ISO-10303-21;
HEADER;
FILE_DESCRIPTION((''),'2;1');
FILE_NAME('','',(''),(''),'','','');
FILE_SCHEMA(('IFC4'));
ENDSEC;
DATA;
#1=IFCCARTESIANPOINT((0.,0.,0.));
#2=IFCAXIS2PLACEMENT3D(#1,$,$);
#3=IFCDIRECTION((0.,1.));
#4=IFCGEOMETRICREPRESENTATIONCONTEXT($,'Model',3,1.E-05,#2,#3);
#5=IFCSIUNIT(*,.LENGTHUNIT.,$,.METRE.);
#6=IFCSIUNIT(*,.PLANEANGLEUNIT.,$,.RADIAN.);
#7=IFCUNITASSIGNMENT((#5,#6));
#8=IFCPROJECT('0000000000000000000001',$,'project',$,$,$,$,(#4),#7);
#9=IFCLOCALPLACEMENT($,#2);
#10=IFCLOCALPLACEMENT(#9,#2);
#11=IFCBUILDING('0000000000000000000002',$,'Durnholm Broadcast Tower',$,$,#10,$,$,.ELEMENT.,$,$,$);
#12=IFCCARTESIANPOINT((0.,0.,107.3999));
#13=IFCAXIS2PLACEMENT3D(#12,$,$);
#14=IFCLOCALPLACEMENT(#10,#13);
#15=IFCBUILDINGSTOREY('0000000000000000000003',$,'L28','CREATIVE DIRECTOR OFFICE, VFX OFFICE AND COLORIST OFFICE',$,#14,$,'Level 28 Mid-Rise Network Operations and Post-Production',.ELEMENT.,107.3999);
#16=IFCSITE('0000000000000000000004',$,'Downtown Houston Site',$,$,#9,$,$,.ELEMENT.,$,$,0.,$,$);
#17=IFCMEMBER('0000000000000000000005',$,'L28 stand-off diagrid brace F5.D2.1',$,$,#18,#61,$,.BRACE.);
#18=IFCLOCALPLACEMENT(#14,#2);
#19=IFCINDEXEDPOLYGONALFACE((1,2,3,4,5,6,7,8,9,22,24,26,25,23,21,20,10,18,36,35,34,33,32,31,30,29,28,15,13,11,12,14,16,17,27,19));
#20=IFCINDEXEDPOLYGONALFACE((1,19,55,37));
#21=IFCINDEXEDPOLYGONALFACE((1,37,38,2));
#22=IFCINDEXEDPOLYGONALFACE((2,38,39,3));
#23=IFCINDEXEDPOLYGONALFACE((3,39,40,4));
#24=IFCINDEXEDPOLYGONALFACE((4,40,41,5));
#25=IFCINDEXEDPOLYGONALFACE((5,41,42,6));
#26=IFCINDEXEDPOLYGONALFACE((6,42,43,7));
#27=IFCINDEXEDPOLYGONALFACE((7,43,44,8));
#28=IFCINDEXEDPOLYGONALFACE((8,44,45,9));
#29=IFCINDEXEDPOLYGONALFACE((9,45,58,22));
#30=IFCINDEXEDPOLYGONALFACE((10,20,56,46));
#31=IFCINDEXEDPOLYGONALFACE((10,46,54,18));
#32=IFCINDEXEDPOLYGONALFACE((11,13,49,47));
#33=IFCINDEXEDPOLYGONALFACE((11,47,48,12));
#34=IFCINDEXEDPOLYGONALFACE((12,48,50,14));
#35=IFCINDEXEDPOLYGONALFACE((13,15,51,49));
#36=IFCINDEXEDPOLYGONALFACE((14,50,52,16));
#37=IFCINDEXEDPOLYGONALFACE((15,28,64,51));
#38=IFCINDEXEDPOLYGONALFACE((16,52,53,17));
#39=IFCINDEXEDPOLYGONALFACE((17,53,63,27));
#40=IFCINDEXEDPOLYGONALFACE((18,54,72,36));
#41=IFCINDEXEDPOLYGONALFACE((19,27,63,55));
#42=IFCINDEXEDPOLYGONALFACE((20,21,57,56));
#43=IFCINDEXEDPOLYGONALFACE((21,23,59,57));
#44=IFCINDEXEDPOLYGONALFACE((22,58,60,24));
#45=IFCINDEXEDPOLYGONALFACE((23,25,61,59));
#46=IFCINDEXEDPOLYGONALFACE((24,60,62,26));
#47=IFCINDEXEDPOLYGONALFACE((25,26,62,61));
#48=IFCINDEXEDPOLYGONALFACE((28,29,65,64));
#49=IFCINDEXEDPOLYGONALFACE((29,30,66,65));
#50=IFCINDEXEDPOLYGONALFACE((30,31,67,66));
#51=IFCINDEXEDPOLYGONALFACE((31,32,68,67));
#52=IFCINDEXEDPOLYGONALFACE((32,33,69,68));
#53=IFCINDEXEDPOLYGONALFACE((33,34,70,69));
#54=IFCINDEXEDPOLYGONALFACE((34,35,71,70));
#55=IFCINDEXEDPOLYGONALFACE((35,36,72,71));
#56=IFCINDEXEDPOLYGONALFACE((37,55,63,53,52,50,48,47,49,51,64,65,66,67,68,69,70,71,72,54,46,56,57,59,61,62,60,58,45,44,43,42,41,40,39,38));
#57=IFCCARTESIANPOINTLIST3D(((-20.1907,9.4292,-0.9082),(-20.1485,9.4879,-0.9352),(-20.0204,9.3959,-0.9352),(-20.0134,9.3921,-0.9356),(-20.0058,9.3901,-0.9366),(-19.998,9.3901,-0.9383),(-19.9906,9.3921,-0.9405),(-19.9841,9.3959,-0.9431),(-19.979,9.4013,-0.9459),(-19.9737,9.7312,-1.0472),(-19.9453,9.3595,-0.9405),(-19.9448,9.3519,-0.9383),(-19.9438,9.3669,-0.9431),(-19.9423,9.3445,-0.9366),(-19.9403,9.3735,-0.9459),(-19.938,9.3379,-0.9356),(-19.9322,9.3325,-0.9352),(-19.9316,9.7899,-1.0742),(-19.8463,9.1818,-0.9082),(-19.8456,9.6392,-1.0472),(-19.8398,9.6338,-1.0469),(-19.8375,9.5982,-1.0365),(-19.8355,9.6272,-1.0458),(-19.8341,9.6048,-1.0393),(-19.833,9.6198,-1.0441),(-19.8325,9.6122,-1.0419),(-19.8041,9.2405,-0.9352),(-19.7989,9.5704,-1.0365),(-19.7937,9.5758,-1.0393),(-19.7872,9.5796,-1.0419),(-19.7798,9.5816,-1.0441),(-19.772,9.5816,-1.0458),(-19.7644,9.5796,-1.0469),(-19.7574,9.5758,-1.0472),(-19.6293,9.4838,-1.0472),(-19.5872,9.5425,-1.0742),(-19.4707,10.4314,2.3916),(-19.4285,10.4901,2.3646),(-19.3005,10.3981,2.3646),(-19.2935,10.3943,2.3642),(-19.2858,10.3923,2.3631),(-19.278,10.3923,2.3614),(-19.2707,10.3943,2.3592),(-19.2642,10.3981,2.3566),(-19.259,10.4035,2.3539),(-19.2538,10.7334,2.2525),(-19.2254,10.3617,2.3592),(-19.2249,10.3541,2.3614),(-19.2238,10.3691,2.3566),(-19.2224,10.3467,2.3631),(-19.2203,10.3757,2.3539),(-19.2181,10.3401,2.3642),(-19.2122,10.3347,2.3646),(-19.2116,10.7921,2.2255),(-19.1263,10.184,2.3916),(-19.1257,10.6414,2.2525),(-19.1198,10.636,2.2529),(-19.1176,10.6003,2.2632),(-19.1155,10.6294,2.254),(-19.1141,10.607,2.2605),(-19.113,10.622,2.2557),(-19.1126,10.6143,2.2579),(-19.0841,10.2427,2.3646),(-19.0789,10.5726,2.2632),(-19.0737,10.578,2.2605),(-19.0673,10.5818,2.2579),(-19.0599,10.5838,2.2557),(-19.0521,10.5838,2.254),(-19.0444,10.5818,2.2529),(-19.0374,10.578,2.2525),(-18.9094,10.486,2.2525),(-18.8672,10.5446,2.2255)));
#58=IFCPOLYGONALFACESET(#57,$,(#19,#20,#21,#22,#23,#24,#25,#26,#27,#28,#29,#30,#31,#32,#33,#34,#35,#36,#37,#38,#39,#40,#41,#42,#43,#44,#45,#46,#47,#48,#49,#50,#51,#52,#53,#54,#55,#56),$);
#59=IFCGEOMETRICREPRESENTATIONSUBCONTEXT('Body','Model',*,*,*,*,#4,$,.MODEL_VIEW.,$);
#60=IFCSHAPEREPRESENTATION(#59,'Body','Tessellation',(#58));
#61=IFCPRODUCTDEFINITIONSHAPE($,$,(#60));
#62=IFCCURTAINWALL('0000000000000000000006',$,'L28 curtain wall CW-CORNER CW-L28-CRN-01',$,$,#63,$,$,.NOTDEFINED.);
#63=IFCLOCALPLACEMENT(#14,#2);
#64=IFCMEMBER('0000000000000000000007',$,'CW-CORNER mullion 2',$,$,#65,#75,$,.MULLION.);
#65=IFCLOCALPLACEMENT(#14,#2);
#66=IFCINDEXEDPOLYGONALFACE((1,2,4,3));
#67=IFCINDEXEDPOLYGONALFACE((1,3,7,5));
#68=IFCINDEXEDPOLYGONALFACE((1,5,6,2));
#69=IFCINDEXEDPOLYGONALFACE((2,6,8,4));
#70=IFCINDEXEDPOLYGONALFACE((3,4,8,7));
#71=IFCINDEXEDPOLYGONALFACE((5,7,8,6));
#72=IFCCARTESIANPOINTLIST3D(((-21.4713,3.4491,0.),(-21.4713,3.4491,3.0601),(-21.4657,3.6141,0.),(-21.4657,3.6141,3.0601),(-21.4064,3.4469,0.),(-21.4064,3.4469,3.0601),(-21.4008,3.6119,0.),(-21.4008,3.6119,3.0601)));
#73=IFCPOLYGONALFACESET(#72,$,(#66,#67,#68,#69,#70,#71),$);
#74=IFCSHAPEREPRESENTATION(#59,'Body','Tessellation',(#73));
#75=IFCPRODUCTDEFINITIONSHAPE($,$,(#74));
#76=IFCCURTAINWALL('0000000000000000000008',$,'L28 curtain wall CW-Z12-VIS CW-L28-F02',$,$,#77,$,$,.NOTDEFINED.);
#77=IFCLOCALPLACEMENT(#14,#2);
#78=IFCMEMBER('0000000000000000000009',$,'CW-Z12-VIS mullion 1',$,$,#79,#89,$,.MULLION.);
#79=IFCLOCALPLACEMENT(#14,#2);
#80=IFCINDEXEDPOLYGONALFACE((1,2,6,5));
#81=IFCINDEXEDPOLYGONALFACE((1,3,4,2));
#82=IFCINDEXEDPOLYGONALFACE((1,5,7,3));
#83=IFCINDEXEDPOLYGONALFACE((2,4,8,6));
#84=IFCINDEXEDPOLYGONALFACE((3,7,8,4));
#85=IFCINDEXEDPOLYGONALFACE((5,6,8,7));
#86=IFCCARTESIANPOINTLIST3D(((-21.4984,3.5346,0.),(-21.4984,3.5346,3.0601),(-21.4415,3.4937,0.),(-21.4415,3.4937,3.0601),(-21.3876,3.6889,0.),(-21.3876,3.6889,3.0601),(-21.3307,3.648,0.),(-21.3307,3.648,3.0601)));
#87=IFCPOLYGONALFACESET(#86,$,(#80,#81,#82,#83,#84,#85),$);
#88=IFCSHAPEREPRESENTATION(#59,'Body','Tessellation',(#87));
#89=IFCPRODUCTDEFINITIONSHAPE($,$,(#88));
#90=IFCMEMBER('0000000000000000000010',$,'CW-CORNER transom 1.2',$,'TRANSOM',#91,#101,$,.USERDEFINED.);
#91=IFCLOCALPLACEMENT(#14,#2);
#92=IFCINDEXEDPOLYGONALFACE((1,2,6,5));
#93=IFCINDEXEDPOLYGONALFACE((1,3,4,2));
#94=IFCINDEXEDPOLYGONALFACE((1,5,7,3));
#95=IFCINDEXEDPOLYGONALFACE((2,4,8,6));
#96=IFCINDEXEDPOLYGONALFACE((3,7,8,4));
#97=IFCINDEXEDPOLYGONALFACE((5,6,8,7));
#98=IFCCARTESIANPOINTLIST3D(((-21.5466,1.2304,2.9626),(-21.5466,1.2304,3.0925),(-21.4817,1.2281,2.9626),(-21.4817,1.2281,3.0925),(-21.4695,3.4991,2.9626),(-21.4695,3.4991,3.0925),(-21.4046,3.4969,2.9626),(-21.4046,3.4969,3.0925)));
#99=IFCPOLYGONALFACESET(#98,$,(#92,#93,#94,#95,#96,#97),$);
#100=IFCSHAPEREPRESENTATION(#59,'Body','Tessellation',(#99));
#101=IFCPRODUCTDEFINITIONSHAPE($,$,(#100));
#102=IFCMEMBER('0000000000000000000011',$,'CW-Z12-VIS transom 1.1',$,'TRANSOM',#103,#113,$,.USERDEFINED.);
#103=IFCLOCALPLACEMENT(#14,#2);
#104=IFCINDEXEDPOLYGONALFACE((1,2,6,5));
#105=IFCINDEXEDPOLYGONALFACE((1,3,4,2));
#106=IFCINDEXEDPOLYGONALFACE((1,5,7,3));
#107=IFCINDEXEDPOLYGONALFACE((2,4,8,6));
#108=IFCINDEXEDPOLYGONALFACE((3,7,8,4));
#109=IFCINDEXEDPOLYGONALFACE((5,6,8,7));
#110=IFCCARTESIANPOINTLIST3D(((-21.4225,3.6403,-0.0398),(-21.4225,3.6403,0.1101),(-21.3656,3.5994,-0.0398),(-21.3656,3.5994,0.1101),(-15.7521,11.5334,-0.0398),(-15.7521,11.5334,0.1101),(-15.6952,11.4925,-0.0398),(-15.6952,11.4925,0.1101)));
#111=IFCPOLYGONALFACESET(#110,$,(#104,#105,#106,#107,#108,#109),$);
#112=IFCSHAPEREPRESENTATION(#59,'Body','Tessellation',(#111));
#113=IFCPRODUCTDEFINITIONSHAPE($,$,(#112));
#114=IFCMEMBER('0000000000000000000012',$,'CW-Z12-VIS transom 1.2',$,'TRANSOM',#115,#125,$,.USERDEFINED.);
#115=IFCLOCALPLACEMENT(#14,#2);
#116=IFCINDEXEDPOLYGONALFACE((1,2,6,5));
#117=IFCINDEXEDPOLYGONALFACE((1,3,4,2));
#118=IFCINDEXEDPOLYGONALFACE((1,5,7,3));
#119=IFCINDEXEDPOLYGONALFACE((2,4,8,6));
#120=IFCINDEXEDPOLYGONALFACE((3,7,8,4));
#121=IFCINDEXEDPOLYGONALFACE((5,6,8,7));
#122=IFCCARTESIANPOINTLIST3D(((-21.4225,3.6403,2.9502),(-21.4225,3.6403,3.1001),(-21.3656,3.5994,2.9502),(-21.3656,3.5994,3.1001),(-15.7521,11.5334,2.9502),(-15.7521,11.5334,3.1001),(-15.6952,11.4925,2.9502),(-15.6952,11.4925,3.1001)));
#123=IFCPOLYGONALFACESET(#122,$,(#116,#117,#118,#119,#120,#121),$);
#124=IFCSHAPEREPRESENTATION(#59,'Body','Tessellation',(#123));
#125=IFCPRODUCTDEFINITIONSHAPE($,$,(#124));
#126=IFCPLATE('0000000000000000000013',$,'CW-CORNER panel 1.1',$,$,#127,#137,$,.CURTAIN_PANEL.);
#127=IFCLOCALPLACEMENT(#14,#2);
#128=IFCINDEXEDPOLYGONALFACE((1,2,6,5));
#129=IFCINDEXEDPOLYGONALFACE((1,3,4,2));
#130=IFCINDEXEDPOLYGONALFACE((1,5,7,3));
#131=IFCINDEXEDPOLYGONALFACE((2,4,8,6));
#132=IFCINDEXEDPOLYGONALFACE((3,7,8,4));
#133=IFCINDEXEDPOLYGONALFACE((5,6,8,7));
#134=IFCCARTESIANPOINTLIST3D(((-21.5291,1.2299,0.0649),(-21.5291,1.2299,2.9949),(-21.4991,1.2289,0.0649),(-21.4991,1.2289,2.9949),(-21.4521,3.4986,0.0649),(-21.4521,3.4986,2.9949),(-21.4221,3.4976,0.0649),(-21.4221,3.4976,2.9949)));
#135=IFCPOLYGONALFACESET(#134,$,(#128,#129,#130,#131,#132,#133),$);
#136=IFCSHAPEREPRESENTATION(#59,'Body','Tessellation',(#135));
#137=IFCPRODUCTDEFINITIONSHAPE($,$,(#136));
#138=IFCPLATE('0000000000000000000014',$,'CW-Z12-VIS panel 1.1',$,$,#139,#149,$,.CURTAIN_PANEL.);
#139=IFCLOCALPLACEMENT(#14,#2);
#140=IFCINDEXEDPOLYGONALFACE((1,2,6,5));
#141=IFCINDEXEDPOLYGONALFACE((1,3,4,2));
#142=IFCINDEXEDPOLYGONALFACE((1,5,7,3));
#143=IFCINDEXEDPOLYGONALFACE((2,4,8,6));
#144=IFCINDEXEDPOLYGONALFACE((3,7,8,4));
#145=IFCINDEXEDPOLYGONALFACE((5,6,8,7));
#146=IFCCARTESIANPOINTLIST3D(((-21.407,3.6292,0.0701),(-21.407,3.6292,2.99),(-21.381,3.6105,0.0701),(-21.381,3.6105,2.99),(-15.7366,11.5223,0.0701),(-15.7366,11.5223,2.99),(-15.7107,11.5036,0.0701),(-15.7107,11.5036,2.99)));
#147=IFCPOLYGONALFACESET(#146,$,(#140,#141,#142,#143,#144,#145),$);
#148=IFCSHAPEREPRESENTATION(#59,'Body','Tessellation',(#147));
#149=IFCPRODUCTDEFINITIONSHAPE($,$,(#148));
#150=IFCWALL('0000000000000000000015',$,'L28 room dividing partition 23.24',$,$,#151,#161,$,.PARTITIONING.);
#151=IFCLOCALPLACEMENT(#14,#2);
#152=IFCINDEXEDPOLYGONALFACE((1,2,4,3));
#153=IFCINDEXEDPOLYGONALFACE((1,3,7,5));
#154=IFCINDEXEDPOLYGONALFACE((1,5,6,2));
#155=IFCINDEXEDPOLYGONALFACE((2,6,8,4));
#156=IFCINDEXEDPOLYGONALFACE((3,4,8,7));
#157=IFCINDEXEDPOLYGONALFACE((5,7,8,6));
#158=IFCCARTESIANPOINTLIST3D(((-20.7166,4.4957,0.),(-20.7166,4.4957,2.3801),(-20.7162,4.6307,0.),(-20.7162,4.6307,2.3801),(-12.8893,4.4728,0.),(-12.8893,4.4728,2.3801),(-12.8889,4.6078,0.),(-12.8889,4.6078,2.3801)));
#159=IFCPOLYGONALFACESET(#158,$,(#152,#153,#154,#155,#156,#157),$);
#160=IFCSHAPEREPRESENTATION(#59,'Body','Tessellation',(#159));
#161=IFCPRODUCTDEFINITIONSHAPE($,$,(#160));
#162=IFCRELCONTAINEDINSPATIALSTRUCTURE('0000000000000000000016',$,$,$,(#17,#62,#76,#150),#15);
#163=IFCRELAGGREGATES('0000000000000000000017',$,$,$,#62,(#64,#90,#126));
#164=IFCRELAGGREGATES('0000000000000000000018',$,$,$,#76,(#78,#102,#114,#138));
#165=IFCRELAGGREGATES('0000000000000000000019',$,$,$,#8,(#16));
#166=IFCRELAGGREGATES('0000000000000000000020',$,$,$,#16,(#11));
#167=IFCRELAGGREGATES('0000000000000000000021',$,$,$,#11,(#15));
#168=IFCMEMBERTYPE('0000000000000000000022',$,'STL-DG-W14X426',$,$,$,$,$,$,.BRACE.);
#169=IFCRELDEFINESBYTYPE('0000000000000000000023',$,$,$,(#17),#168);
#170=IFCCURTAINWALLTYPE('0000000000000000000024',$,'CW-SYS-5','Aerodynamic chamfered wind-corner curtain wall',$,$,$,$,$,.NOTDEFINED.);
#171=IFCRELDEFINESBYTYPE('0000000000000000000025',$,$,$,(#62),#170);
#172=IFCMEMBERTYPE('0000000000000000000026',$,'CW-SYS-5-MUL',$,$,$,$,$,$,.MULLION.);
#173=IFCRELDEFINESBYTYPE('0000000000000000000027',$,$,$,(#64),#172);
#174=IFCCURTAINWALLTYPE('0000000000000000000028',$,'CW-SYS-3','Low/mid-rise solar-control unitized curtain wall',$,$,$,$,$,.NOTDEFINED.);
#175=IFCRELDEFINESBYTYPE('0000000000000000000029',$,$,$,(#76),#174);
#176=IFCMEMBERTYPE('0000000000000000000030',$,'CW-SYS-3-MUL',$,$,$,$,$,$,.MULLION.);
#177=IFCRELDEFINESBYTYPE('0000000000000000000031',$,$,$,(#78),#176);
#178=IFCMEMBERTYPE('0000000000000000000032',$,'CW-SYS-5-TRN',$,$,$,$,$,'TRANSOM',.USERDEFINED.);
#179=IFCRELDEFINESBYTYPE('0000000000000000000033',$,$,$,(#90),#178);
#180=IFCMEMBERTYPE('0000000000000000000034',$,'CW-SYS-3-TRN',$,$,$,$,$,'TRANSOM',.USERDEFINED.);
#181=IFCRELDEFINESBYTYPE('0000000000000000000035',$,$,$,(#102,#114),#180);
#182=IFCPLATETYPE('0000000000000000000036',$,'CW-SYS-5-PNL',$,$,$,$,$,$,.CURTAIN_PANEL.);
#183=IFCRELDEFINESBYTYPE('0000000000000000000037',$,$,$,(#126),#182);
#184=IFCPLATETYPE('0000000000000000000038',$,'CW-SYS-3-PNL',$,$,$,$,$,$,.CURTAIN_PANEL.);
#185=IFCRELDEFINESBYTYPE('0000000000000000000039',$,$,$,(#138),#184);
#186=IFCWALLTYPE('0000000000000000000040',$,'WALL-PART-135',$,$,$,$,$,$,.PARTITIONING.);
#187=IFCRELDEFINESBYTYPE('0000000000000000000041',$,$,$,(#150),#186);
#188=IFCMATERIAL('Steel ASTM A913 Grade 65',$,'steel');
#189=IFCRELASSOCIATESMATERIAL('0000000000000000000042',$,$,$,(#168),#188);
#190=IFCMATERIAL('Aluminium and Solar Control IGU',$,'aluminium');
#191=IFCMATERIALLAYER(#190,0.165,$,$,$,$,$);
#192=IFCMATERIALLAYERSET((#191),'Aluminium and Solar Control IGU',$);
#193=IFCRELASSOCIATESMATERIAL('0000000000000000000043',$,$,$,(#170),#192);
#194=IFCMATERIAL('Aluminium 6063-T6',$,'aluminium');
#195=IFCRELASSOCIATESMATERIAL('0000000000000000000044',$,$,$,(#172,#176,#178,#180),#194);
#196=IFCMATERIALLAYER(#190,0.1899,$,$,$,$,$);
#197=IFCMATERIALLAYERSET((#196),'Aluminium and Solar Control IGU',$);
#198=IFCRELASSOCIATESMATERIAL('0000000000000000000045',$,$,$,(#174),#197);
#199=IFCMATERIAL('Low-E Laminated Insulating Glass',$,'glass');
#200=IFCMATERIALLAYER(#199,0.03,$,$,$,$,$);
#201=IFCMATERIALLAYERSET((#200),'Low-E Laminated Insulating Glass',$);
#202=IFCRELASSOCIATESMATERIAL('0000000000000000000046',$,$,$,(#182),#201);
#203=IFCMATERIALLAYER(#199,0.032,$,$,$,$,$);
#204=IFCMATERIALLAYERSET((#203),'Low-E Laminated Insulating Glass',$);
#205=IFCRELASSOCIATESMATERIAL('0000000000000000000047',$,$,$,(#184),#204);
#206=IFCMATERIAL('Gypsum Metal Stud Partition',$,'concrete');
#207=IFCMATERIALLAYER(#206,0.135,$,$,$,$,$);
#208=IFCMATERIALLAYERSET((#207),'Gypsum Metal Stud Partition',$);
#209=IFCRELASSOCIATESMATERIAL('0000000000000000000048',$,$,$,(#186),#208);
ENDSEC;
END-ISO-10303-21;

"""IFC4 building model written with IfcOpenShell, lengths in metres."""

from ifc_helpers import new_model, si_unit, direction, frame, frame_2d, origin, origin_2d, place, context, subcontext, project, spatial, rectangle, i_section, extrude, source, transform, mapped, material, layer, layer_set, material_profile, profile_set, type_object, type_shapes, element, aggregate, save


model = new_model("IFC4")

# Units and contexts
model_context = context("Model", 3, precision=1e-05, world=origin(), true_north=direction((0.0, 1.0)))
body_context = subcontext(model_context, "Body", "Model", "MODEL_VIEW")
ifc_project = project(units=[si_unit("LENGTHUNIT", "METRE"), si_unit("PLANEANGLEUNIT", "RADIAN")], contexts=[model_context])

# Site, building, storey
site_placement = place(None, origin())
site = spatial("IfcSite", under=ifc_project, at=site_placement, Name="Downtown Houston Site", CompositionType="ELEMENT", RefElevation=0.0)
building_placement = place(site_placement, origin())
building = spatial("IfcBuilding", under=site, at=building_placement, Name="Durnholm Broadcast Tower", CompositionType="ELEMENT")
storey_placement = place(building_placement, frame((0.0, 0.0, 107.3999)))
storey = spatial("IfcBuildingStorey", under=building, at=storey_placement, Name="L28", Description="CREATIVE DIRECTOR OFFICE, VFX OFFICE AND COLORIST OFFICE", LongName="Level 28 Mid-Rise Network Operations and Post-Production", CompositionType="ELEMENT", Elevation=107.3999)

# Member
ifc_material_1 = material(Name="Steel ASTM A913 Grade 65", Category="steel")
ifc_material_profile_1 = material_profile(ifc_material_1, i_section(OverallWidth=0.4241, OverallDepth=0.4741, WebThickness=0.0476, FlangeThickness=0.0771, FilletRadius=0.0305, at=origin_2d()), Name="W14X426")
ifc_profile_set_1 = profile_set([ifc_material_profile_1], Name="Steel ASTM A913 Grade 65")
member_type_1 = type_object("IfcMemberType", Name="STL-DG-W14X426", PredefinedType="BRACE", material=ifc_profile_set_1)
shared_shape_1 = source(origin(), body_context, "Body", "SweptSolid", [
    extrude(i_section(OverallWidth=0.4241, OverallDepth=0.4741, WebThickness=0.0476, FlangeThickness=0.0771, FilletRadius=0.0305, at=origin_2d()), origin(), (0.0, 0.0, 1.0), 3.5229),
])
type_shapes(member_type_1, [shared_shape_1])
member_1_placement = place(storey_placement, frame((-19.8889, 9.4858, -0.9912), z_axis=(0.204363, 0.284473, 0.936649), x_axis=(-0.812153, 0.583444, 0.0)))
element("IfcMember", 1, at=member_1_placement, inside=storey, type_object=member_type_1, Name="L28 stand-off diagrid brace F5.D2.1", PredefinedType="BRACE", context=body_context, shape_type="MappedRepresentation", body=[
    mapped(shared_shape_1, transform((0.0, 0.0, 0.0), x_axis=(1.0, 0.0, 0.0), y_axis=(0.0, 1.0, 0.0), z_axis=(0.0, 0.0, 1.0), scale=1.0)),
])

# Curtain walls, members
ifc_material_2 = material(Name="Aluminium and Solar Control IGU", Category="aluminium")
ifc_layer_1 = layer(ifc_material_2, 0.165)
ifc_layer_set_1 = layer_set([ifc_layer_1], Name="Aluminium and Solar Control IGU")
curtain_wall_type_1 = type_object("IfcCurtainWallType", Name="CW-SYS-5", Description="Aerodynamic chamfered wind-corner curtain wall", PredefinedType="NOTDEFINED", material=ifc_layer_set_1)
curtain_wall_1_placement = place(storey_placement, origin())
curtain_wall_1 = element("IfcCurtainWall", 2, at=curtain_wall_1_placement, inside=storey, type_object=curtain_wall_type_1, Name="L28 curtain wall CW-CORNER CW-L28-CRN-01", PredefinedType="NOTDEFINED")
ifc_material_3 = material(Name="Aluminium 6063-T6", Category="aluminium")
ifc_material_profile_2 = material_profile(ifc_material_3, rectangle(XDim=0.0649, YDim=0.165, at=origin_2d()), Name="CWM65X165")
ifc_profile_set_2 = profile_set([ifc_material_profile_2], Name="Aluminium 6063-T6")
member_type_2 = type_object("IfcMemberType", Name="CW-SYS-5-MUL", PredefinedType="MULLION", material=ifc_profile_set_2)
shared_shape_2 = source(origin(), body_context, "Body", "SweptSolid", [
    extrude(rectangle(XDim=0.0649, YDim=0.165, at=origin_2d()), origin(), (0.0, 0.0, 1.0), 3.0601),
])
type_shapes(member_type_2, [shared_shape_2])
member_2_placement = place(storey_placement, frame((-21.436, 3.5305, 0.0), z_axis=(0.0, 0.0, 1.0), x_axis=(-0.999425, 0.033917, 0.0)))
member_2 = element("IfcMember", 3, at=member_2_placement, type_object=member_type_2, Name="CW-CORNER mullion 2", PredefinedType="MULLION", context=body_context, shape_type="MappedRepresentation", body=[
    mapped(shared_shape_2, transform((0.0, 0.0, 0.0), x_axis=(1.0, 0.0, 0.0), y_axis=(0.0, 1.0, 0.0), z_axis=(0.0, 0.0, 1.0), scale=1.0)),
])
ifc_layer_2 = layer(ifc_material_2, 0.1899)
ifc_layer_set_2 = layer_set([ifc_layer_2], Name="Aluminium and Solar Control IGU")
curtain_wall_type_2 = type_object("IfcCurtainWallType", Name="CW-SYS-3", Description="Low/mid-rise solar-control unitized curtain wall", PredefinedType="NOTDEFINED", material=ifc_layer_set_2)
curtain_wall_2_placement = place(storey_placement, origin())
curtain_wall_2 = element("IfcCurtainWall", 4, at=curtain_wall_2_placement, inside=storey, type_object=curtain_wall_type_2, Name="L28 curtain wall CW-Z12-VIS CW-L28-F02", PredefinedType="NOTDEFINED")
ifc_material_profile_3 = material_profile(ifc_material_3, rectangle(XDim=0.0701, YDim=0.1899, at=origin_2d()), Name="CWM70X190")
ifc_profile_set_3 = profile_set([ifc_material_profile_3], Name="Aluminium 6063-T6")
member_type_3 = type_object("IfcMemberType", Name="CW-SYS-3-MUL", PredefinedType="MULLION", material=ifc_profile_set_3)
shared_shape_3 = source(origin(), body_context, "Body", "SweptSolid", [
    extrude(rectangle(XDim=0.0701, YDim=0.1899, at=origin_2d()), origin(), (0.0, 0.0, 1.0), 3.0601),
])
type_shapes(member_type_3, [shared_shape_3])
member_3_placement = place(storey_placement, frame((-21.4146, 3.5913, 0.0), z_axis=(0.0, 0.0, 1.0), x_axis=(-0.812152, 0.583445, 0.0)))
member_3 = element("IfcMember", 5, at=member_3_placement, type_object=member_type_3, Name="CW-Z12-VIS mullion 1", PredefinedType="MULLION", context=body_context, shape_type="MappedRepresentation", body=[
    mapped(shared_shape_3, transform((0.0, 0.0, 0.0), x_axis=(1.0, 0.0, 0.0), y_axis=(0.0, 1.0, 0.0), z_axis=(0.0, 0.0, 1.0), scale=1.0)),
])

# Members
ifc_material_profile_4 = material_profile(ifc_material_3, rectangle(XDim=0.0649, YDim=0.1299, at=origin_2d()), Name="CWT65X130")
ifc_profile_set_4 = profile_set([ifc_material_profile_4], Name="Aluminium 6063-T6")
member_type_4 = type_object("IfcMemberType", Name="CW-SYS-5-TRN", ElementType="TRANSOM", PredefinedType="USERDEFINED", material=ifc_profile_set_4)
shared_shape_4 = source(origin(), body_context, "Body", "SweptSolid", [
    extrude(rectangle(XDim=0.0649, YDim=0.1299, at=origin_2d()), origin(), (0.0, 0.0, 1.0), 2.27),
])
type_shapes(member_type_4, [shared_shape_4])
member_4_placement = place(storey_placement, frame((-21.5142, 1.2292, 3.0276), z_axis=(0.033984, 0.999422, 0.0), x_axis=(-0.999422, 0.033984, 0.0)))
member_4 = element("IfcMember", 6, at=member_4_placement, type_object=member_type_4, Name="CW-CORNER transom 1.2", ObjectType="TRANSOM", PredefinedType="USERDEFINED", context=body_context, shape_type="MappedRepresentation", body=[
    mapped(shared_shape_4, transform((0.0, 0.0, 0.0), x_axis=(1.0, 0.0, 0.0), y_axis=(0.0, 1.0, 0.0), z_axis=(0.0, 0.0, 1.0), scale=1.0)),
])
ifc_material_profile_5 = material_profile(ifc_material_3, rectangle(XDim=0.0701, YDim=0.1499, at=origin_2d()), Name="CWT70X150")
ifc_profile_set_5 = profile_set([ifc_material_profile_5], Name="Aluminium 6063-T6")
member_type_5 = type_object("IfcMemberType", Name="CW-SYS-3-TRN", ElementType="TRANSOM", PredefinedType="USERDEFINED", material=ifc_profile_set_5)
shared_shape_5 = source(origin(), body_context, "Body", "SweptSolid", [
    extrude(rectangle(XDim=0.0701, YDim=0.1499, at=origin_2d()), origin(), (0.0, 0.0, 1.0), 9.7188),
])
type_shapes(member_type_5, [shared_shape_5])
member_5_placement = place(storey_placement, frame((-21.394, 3.6199, 0.0352), z_axis=(0.583451, 0.812149, 0.0), x_axis=(-0.812149, 0.583451, 0.0)))
member_5 = element("IfcMember", 7, at=member_5_placement, type_object=member_type_5, Name="CW-Z12-VIS transom 1.1", ObjectType="TRANSOM", PredefinedType="USERDEFINED", context=body_context, shape_type="MappedRepresentation", body=[
    mapped(shared_shape_5, transform((0.0, 0.0, 0.0), x_axis=(1.0, 0.0, 0.0), y_axis=(0.0, 1.0, 0.0), z_axis=(0.0, 0.0, 1.0), scale=1.0)),
])
member_6_placement = place(storey_placement, frame((-21.394, 3.6199, 3.0251), z_axis=(0.583451, 0.812149, 0.0), x_axis=(-0.812149, 0.583451, 0.0)))
member_6 = element("IfcMember", 8, at=member_6_placement, type_object=member_type_5, Name="CW-Z12-VIS transom 1.2", ObjectType="TRANSOM", PredefinedType="USERDEFINED", context=body_context, shape_type="MappedRepresentation", body=[
    mapped(shared_shape_5, transform((0.0, 0.0, 0.0), x_axis=(1.0, 0.0, 0.0), y_axis=(0.0, 1.0, 0.0), z_axis=(0.0, 0.0, 1.0), scale=1.0)),
])

# Plates
ifc_material_4 = material(Name="Low-E Laminated Insulating Glass", Category="glass")
ifc_layer_3 = layer(ifc_material_4, 0.03)
ifc_layer_set_3 = layer_set([ifc_layer_3], Name="Low-E Laminated Insulating Glass")
plate_type_1 = type_object("IfcPlateType", Name="CW-SYS-5-PNL", PredefinedType="CURTAIN_PANEL", material=ifc_layer_set_3)
shared_shape_6 = source(origin(), body_context, "Body", "SweptSolid", [
    extrude(rectangle(XDim=2.27, YDim=0.03, at=origin_2d()), origin(), (0.0, 0.0, 1.0), 2.9299),
])
type_shapes(plate_type_1, [shared_shape_6])
plate_1_placement = place(storey_placement, frame((-21.4756, 2.3638, 0.0649), z_axis=(0.0, 0.0, 1.0), x_axis=(0.033917, 0.999425, 0.0)))
plate_1 = element("IfcPlate", 9, at=plate_1_placement, type_object=plate_type_1, Name="CW-CORNER panel 1.1", PredefinedType="CURTAIN_PANEL", context=body_context, shape_type="MappedRepresentation", body=[
    mapped(shared_shape_6, transform((0.0, 0.0, 0.0), x_axis=(1.0, 0.0, 0.0), y_axis=(0.0, 1.0, 0.0), z_axis=(0.0, 0.0, 1.0), scale=1.0)),
])
aggregate(curtain_wall_1, [member_2, member_4, plate_1])
ifc_layer_4 = layer(ifc_material_4, 0.032)
ifc_layer_set_4 = layer_set([ifc_layer_4], Name="Low-E Laminated Insulating Glass")
plate_type_2 = type_object("IfcPlateType", Name="CW-SYS-3-PNL", PredefinedType="CURTAIN_PANEL", material=ifc_layer_set_4)
shared_shape_7 = source(origin(), body_context, "Body", "SweptSolid", [
    extrude(rectangle(XDim=9.7188, YDim=0.032, at=origin_2d()), origin(), (0.0, 0.0, 1.0), 2.9199),
])
type_shapes(plate_type_2, [shared_shape_7])
plate_2_placement = place(storey_placement, frame((-18.5588, 7.5664, 0.0701), z_axis=(0.0, 0.0, 1.0), x_axis=(0.583445, 0.812152, 0.0)))
plate_2 = element("IfcPlate", 10, at=plate_2_placement, type_object=plate_type_2, Name="CW-Z12-VIS panel 1.1", PredefinedType="CURTAIN_PANEL", context=body_context, shape_type="MappedRepresentation", body=[
    mapped(shared_shape_7, transform((0.0, 0.0, 0.0), x_axis=(1.0, 0.0, 0.0), y_axis=(0.0, 1.0, 0.0), z_axis=(0.0, 0.0, 1.0), scale=1.0)),
])
aggregate(curtain_wall_2, [member_3, member_5, member_6, plate_2])

# Wall
ifc_material_5 = material(Name="Gypsum Metal Stud Partition", Category="concrete")
ifc_layer_5 = layer(ifc_material_5, 0.135)
ifc_layer_set_5 = layer_set([ifc_layer_5], Name="Gypsum Metal Stud Partition")
wall_type_1 = type_object("IfcWallType", Name="WALL-PART-135", PredefinedType="PARTITIONING", material=ifc_layer_set_5)
wall_1_placement = place(storey_placement, frame((-20.7163, 4.5632, 0.0), z_axis=(0.0, 0.0, 1.0), x_axis=(0.999996, -0.002932, 0.0)))
element("IfcWall", 11, at=wall_1_placement, inside=storey, type_object=wall_type_1, Name="L28 room dividing partition 23.24", PredefinedType="PARTITIONING", context=body_context, shape_type="SweptSolid", body=[
    extrude(rectangle(XDim=7.8274, YDim=0.135, at=frame_2d((3.9136, 0.0))), origin(), (0.0, 0.0, 1.0), 2.3801),
])

save(model, "model.ifc")
